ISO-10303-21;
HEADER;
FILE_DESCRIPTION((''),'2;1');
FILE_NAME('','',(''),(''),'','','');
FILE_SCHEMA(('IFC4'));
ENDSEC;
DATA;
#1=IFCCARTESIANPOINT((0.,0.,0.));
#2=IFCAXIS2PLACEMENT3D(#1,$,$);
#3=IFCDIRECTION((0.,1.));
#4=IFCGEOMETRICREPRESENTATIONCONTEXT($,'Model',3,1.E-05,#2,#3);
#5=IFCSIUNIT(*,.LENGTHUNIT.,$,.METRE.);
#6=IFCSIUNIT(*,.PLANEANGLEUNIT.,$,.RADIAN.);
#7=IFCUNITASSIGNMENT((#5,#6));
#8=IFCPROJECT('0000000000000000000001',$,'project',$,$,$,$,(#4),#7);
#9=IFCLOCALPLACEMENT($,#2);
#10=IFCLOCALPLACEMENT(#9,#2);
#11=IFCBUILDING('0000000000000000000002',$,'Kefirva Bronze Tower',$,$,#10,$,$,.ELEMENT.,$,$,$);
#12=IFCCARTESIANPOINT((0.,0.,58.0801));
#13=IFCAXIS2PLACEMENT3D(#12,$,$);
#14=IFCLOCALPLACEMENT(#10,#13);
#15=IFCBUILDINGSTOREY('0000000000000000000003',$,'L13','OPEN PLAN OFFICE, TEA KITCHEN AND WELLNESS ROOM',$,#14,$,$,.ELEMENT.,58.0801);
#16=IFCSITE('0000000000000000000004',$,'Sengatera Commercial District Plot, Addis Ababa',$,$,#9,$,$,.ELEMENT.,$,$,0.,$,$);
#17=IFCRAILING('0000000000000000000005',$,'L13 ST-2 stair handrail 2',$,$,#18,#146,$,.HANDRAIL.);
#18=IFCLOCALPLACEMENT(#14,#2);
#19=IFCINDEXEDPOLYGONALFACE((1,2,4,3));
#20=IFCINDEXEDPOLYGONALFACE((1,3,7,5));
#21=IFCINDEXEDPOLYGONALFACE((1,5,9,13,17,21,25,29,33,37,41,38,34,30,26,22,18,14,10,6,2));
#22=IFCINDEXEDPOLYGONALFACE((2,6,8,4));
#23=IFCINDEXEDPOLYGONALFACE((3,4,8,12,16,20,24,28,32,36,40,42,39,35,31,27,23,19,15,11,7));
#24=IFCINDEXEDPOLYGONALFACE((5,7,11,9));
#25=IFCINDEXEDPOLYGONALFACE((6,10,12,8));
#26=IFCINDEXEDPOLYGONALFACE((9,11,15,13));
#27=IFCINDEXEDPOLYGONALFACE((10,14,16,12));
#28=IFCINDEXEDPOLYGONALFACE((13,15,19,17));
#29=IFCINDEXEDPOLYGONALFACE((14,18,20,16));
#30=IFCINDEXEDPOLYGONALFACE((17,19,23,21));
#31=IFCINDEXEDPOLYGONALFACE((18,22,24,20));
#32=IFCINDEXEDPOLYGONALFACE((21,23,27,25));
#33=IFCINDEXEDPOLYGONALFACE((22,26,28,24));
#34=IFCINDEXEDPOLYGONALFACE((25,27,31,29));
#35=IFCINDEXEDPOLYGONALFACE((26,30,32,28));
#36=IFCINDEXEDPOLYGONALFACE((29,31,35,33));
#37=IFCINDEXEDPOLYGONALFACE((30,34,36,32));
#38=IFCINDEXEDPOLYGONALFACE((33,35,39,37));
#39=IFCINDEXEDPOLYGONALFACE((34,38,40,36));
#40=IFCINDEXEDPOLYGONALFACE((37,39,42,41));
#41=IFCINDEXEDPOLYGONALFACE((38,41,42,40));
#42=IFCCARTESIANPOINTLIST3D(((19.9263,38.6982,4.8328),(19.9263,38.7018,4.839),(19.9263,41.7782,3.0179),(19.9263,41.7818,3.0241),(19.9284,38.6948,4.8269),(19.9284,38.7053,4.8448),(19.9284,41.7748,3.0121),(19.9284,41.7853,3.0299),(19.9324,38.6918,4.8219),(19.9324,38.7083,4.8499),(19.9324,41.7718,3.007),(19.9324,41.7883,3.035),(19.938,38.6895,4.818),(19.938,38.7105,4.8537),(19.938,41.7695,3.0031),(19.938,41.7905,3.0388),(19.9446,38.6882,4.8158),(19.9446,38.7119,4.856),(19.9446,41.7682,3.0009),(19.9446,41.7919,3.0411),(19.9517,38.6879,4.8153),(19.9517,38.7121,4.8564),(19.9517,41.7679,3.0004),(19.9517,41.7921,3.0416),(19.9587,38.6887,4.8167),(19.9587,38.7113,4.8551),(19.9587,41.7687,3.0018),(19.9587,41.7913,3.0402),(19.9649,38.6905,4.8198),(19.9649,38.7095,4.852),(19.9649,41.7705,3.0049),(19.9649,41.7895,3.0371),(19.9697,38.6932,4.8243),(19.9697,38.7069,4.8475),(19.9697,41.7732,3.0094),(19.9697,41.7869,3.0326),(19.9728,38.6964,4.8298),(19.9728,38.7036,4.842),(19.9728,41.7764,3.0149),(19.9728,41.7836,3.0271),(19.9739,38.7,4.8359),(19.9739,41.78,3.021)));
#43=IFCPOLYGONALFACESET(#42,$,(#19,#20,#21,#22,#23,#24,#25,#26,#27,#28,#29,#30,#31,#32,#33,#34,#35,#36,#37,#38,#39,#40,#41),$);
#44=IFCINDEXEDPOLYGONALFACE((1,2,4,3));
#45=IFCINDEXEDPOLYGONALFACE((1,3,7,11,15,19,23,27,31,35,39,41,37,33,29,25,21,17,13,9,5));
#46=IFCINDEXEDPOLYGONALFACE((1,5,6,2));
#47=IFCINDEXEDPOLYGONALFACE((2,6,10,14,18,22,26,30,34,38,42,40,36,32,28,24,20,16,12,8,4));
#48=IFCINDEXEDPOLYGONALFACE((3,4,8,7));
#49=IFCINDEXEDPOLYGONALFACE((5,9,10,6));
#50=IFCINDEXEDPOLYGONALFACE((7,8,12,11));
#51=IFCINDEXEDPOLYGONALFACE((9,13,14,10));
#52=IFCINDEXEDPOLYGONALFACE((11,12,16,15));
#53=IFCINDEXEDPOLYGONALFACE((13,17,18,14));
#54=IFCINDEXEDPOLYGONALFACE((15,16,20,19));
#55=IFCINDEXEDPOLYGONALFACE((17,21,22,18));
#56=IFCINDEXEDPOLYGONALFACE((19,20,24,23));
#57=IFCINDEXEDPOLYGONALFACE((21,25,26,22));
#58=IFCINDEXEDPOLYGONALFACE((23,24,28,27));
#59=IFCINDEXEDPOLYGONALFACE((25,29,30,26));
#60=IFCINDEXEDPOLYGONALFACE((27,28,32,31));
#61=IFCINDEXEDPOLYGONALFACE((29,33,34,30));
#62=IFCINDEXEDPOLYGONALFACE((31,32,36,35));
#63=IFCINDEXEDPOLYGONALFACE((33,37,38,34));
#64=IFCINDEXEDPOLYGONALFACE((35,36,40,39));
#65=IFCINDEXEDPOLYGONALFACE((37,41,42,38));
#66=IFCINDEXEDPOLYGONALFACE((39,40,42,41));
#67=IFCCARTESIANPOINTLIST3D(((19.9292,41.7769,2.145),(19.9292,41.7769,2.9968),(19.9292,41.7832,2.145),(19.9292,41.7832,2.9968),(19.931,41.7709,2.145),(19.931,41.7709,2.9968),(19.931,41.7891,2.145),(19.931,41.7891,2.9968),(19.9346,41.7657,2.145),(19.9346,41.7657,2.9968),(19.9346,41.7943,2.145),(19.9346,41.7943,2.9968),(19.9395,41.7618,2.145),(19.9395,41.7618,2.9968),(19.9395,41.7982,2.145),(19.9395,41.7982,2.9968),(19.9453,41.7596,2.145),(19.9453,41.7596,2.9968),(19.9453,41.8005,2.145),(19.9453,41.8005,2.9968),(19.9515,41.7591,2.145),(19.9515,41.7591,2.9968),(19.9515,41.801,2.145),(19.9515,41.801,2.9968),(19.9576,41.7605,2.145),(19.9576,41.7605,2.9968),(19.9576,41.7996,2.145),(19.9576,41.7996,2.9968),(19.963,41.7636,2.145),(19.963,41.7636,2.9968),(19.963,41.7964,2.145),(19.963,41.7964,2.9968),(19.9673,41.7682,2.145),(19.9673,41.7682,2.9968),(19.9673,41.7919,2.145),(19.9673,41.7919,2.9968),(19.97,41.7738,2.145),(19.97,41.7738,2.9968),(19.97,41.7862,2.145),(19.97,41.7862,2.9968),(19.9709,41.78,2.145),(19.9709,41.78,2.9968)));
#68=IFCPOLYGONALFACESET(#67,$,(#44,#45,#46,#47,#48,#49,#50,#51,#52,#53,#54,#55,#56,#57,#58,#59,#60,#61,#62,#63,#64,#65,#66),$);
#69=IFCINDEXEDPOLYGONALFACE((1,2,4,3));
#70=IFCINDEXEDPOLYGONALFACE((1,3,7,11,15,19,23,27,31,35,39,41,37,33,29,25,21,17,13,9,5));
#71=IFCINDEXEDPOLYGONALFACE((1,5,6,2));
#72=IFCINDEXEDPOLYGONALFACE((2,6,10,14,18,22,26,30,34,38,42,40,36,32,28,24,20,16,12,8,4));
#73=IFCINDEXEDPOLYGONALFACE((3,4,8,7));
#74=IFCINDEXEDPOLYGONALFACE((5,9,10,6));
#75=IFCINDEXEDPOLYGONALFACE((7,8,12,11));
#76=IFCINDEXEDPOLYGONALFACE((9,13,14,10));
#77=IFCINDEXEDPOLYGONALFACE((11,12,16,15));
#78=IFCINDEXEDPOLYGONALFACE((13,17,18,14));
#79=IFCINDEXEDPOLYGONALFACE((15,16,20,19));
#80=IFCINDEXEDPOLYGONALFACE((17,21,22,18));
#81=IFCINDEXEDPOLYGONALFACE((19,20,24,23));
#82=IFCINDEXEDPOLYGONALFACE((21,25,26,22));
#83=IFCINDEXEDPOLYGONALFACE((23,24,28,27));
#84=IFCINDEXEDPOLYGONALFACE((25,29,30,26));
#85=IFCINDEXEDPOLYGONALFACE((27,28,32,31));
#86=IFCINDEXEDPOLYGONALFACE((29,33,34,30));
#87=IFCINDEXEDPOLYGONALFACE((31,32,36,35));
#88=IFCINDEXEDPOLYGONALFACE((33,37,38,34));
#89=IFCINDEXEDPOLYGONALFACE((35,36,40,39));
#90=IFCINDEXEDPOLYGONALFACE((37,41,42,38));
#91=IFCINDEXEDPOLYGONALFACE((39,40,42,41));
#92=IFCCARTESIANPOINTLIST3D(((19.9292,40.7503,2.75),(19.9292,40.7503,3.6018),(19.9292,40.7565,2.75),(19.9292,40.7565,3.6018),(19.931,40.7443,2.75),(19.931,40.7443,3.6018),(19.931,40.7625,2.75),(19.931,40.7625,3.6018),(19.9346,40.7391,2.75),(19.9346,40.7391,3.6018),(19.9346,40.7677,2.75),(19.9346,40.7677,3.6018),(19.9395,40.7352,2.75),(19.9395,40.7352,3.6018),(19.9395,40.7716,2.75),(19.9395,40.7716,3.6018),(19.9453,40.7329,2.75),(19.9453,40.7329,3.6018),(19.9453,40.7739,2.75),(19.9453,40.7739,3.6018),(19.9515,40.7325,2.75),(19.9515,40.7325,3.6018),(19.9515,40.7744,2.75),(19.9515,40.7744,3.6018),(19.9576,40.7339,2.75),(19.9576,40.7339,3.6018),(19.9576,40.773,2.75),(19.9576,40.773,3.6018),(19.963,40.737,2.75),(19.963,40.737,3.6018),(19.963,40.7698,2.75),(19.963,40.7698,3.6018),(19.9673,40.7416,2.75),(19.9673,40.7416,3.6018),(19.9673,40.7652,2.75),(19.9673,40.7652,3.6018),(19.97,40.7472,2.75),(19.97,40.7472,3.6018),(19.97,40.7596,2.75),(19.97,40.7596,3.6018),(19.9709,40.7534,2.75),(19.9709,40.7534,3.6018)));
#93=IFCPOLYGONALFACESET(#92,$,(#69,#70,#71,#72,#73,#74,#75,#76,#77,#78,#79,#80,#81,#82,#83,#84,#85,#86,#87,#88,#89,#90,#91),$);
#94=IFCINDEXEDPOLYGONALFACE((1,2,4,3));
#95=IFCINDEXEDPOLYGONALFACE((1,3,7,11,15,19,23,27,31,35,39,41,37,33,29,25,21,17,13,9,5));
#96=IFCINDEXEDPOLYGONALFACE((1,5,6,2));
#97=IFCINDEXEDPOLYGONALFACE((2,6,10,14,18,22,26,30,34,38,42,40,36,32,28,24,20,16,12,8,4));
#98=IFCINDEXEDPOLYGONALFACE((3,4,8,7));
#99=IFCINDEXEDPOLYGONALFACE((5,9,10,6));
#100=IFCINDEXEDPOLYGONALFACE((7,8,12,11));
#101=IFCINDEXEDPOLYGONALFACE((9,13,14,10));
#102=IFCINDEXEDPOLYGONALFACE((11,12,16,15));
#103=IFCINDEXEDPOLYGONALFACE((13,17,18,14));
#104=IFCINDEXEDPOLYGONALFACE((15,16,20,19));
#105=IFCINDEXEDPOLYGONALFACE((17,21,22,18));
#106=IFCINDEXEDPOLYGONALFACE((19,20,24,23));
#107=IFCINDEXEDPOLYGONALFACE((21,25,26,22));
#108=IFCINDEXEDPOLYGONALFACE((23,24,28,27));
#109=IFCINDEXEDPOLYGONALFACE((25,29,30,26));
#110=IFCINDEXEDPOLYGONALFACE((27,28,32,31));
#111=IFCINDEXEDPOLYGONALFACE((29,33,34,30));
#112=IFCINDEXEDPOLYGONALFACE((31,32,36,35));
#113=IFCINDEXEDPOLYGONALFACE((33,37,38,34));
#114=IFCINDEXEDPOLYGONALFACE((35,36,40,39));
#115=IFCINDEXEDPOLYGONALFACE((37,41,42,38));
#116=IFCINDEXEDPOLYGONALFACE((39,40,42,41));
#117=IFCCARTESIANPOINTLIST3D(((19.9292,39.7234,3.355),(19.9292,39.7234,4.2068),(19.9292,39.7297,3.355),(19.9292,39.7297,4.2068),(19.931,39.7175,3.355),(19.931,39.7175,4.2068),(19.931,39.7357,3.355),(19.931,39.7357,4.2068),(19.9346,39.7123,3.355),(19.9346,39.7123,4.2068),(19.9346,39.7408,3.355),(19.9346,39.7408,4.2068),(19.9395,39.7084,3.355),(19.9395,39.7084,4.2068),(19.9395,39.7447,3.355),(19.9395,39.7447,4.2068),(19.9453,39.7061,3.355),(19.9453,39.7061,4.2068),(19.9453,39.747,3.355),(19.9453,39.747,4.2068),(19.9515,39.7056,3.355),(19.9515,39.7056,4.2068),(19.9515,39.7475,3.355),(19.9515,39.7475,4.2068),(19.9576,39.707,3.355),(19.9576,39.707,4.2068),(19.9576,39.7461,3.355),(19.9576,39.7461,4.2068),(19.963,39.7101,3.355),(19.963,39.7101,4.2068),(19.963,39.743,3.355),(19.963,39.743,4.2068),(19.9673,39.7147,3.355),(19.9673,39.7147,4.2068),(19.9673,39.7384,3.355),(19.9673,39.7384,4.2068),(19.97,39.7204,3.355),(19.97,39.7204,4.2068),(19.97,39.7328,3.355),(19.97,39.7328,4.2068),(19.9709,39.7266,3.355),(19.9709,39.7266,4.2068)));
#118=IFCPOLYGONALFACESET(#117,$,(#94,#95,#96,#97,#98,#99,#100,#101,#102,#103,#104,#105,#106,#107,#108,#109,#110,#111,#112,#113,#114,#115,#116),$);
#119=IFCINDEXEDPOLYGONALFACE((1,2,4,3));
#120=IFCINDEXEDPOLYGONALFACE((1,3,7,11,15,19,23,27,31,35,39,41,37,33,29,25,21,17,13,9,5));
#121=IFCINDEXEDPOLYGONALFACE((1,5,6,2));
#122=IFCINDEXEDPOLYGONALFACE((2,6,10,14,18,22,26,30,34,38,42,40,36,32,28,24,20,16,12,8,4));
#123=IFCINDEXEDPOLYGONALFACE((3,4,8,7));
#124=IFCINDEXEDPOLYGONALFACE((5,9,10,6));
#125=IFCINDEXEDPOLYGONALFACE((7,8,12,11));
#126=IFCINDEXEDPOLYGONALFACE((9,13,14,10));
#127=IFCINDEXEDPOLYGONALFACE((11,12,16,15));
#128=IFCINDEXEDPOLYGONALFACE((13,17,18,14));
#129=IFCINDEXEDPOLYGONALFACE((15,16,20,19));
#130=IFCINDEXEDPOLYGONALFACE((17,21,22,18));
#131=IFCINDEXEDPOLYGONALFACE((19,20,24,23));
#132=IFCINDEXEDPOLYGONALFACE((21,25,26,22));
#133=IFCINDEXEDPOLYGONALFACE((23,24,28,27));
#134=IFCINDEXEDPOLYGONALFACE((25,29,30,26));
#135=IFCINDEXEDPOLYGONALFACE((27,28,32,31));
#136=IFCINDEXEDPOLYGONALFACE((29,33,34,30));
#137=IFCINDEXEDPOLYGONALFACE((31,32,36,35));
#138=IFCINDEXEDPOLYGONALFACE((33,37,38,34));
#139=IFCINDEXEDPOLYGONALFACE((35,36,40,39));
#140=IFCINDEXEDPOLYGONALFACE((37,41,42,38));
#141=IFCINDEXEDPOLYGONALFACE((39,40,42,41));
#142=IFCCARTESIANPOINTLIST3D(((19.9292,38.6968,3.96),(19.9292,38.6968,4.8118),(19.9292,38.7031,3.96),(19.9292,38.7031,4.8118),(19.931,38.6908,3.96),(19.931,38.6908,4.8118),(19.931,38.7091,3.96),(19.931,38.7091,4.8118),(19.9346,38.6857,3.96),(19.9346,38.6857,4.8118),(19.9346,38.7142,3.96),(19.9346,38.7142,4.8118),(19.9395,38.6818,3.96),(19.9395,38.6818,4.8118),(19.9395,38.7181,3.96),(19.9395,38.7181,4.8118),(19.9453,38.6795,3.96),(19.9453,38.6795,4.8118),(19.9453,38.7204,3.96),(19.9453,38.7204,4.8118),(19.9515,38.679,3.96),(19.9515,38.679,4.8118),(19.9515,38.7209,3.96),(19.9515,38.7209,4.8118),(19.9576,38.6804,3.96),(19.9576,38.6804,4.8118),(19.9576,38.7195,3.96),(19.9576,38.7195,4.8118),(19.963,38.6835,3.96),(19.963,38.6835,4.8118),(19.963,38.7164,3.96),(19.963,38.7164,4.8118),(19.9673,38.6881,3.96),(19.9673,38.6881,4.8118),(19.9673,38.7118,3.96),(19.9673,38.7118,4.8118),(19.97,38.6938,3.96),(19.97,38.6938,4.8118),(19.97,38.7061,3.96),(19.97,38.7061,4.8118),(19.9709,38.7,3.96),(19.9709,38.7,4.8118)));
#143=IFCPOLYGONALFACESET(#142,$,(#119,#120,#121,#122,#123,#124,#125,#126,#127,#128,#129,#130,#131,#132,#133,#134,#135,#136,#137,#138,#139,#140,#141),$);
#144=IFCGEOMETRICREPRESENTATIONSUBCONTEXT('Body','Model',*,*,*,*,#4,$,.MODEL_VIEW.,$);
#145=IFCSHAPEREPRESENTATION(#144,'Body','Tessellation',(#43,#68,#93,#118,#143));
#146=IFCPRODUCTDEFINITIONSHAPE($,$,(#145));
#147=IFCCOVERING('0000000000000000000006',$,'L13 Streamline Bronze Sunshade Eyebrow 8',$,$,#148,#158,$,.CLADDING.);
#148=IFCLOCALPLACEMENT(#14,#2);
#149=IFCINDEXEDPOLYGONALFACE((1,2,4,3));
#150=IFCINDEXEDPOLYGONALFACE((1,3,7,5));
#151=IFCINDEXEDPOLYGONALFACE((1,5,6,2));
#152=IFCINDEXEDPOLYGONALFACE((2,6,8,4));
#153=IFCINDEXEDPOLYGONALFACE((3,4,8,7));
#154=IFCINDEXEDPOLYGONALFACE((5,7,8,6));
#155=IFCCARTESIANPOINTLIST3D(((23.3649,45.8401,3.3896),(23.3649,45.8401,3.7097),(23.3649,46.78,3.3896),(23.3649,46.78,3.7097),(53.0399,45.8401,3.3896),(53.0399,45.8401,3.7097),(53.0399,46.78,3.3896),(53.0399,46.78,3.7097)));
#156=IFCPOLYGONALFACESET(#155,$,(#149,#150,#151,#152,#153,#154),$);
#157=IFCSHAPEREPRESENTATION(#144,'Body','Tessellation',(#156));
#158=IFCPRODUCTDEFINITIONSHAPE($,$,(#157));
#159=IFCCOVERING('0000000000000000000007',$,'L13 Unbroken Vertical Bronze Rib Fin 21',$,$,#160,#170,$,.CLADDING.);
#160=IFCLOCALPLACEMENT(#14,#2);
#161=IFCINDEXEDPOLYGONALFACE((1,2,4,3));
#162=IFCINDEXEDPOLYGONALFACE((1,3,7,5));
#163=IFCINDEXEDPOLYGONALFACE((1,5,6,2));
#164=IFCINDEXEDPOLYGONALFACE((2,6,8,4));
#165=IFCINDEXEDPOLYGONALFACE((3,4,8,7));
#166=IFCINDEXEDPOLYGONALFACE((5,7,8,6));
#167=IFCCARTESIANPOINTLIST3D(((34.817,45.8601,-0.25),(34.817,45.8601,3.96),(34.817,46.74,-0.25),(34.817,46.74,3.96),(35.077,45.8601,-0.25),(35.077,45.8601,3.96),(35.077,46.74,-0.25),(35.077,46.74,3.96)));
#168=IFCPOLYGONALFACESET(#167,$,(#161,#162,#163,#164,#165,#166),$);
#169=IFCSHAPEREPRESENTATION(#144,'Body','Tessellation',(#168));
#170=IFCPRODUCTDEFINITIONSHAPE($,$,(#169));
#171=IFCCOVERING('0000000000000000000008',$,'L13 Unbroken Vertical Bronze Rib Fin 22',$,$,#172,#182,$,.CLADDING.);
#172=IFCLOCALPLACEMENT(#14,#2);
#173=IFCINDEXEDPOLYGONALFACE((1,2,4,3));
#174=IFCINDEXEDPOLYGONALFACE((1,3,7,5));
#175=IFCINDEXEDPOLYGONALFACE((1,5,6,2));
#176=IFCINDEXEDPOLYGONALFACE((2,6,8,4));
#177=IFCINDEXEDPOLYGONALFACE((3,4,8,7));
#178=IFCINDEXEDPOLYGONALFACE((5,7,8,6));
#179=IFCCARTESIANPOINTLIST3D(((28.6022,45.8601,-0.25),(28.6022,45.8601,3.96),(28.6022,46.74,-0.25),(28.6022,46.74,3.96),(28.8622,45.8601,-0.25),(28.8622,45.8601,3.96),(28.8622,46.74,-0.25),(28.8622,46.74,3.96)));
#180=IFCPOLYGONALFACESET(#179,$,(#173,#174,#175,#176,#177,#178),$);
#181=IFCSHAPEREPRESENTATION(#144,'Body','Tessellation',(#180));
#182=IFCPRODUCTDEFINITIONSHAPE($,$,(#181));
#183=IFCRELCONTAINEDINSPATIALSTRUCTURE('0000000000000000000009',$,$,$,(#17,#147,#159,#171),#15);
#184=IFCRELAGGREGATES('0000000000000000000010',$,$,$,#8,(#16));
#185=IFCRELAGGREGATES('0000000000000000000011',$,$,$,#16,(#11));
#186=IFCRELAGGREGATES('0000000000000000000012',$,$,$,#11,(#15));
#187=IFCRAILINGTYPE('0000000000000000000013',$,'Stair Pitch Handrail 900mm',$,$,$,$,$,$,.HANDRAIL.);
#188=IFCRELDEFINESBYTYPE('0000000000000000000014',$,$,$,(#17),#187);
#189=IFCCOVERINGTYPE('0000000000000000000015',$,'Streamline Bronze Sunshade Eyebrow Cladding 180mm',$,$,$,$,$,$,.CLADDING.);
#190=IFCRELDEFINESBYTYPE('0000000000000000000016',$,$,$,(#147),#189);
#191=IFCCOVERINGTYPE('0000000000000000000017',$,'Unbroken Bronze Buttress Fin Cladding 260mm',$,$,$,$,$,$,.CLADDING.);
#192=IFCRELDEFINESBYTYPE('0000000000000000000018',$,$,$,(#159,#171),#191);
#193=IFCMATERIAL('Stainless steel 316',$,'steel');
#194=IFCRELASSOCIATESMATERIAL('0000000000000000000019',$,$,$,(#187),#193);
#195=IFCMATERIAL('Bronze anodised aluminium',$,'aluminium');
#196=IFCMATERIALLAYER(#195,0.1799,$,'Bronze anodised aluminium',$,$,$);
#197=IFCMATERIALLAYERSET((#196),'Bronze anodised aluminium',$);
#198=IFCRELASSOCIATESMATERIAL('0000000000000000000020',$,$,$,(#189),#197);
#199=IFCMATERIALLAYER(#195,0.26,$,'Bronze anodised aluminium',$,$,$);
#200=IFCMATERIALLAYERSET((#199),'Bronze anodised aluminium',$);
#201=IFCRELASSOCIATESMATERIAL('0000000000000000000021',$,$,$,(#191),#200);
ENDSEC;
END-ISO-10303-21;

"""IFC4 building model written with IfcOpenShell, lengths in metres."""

from ifc_helpers import new_model, si_unit, direction, frame, origin, origin_2d, place, context, subcontext, project, spatial, rectangle, circle, extrude, material, layer, layer_set, type_object, element, save


model = new_model("IFC4")

# Units and contexts
model_context = context("Model", 3, precision=1e-05, world=origin(), true_north=direction((0.0, 1.0)))
body_context = subcontext(model_context, "Body", "Model", "MODEL_VIEW")
ifc_project = project(units=[si_unit("LENGTHUNIT", "METRE"), si_unit("PLANEANGLEUNIT", "RADIAN")], contexts=[model_context])

# Site, building, storey
site_placement = place(None, origin())
site = spatial("IfcSite", under=ifc_project, at=site_placement, Name="Sengatera Commercial District Plot, Addis Ababa", CompositionType="ELEMENT", RefElevation=0.0)
building_placement = place(site_placement, origin())
building = spatial("IfcBuilding", under=site, at=building_placement, Name="Kefirva Bronze Tower", CompositionType="ELEMENT")
storey_placement = place(building_placement, frame((0.0, 0.0, 58.0801)))
storey = spatial("IfcBuildingStorey", under=building, at=storey_placement, Name="L13", Description="OPEN PLAN OFFICE, TEA KITCHEN AND WELLNESS ROOM", CompositionType="ELEMENT", Elevation=58.0801)

# Shared definitions
ifc_material_1 = material(Name="Bronze anodised aluminium", Category="aluminium")

# Railing
ifc_material_2 = material(Name="Stainless steel 316", Category="steel")
railing_type_1 = type_object("IfcRailingType", Name="Stair Pitch Handrail 900mm", PredefinedType="HANDRAIL", material=ifc_material_2)
railing_1_placement = place(storey_placement, frame((19.95, 41.78, 2.145)))
element("IfcRailing", 1, at=railing_1_placement, inside=storey, type_object=railing_type_1, Name="L13 ST-2 stair handrail 2", PredefinedType="HANDRAIL", context=body_context, shape_type="SweptSolid", body=[
    extrude(circle(Radius=0.0239, at=origin_2d()), frame((0.0, 0.0, 0.876), z_axis=(0.0, -0.861551, 0.507671), x_axis=(1.0, 0.0, 0.0)), (0.0, 0.0, 1.0), 3.575),
    extrude(circle(Radius=0.021, at=origin_2d()), origin(), (0.0, 0.0, 1.0), 0.8518),
    extrude(circle(Radius=0.021, at=origin_2d()), frame((0.0, -1.0266, 0.605)), (0.0, 0.0, 1.0), 0.8518),
    extrude(circle(Radius=0.021, at=origin_2d()), frame((0.0, -2.0535, 1.21)), (0.0, 0.0, 1.0), 0.8518),
    extrude(circle(Radius=0.021, at=origin_2d()), frame((0.0, -3.0801, 1.8149)), (0.0, 0.0, 1.0), 0.8518),
])

# Coverings
ifc_layer_1 = layer(ifc_material_1, 0.1799, Name="Bronze anodised aluminium")
ifc_layer_set_1 = layer_set([ifc_layer_1], Name="Bronze anodised aluminium")
covering_type_1 = type_object("IfcCoveringType", Name="Streamline Bronze Sunshade Eyebrow Cladding 180mm", PredefinedType="CLADDING", material=ifc_layer_set_1)
covering_1_placement = place(storey_placement, frame((38.2024, 46.3101, 3.3896), z_axis=(0.0, 0.0, 1.0), x_axis=(-1.0, 0.0, 0.0)))
element("IfcCovering", 2, at=covering_1_placement, inside=storey, type_object=covering_type_1, Name="L13 Streamline Bronze Sunshade Eyebrow 8", PredefinedType="CLADDING", context=body_context, shape_type="SweptSolid", body=[
    extrude(rectangle(XDim=29.675, YDim=0.9399, at=origin_2d()), origin(), (0.0, 0.0, 1.0), 0.3201),
])
ifc_layer_2 = layer(ifc_material_1, 0.26, Name="Bronze anodised aluminium")
ifc_layer_set_2 = layer_set([ifc_layer_2], Name="Bronze anodised aluminium")
covering_type_2 = type_object("IfcCoveringType", Name="Unbroken Bronze Buttress Fin Cladding 260mm", PredefinedType="CLADDING", material=ifc_layer_set_2)
for number, where, z_axis, x_axis, name in (
    (3, (34.947, 46.3, -0.25), (0.0, 0.0, 1.0), (-1.0, 0.0, 0.0), "L13 Unbroken Vertical Bronze Rib Fin 21"),
    (4, (28.7322, 46.3, -0.25), (0.0, 0.0, 1.0), (-1.0, 0.0, 0.0), "L13 Unbroken Vertical Bronze Rib Fin 22"),
):
    element("IfcCovering", number, at=place(storey_placement, frame(where, z_axis=z_axis, x_axis=x_axis)), inside=storey, type_object=covering_type_2, Name=name, PredefinedType="CLADDING", context=body_context, shape_type="SweptSolid", body=[
        extrude(rectangle(XDim=0.26, YDim=0.8799, at=origin_2d()), origin(), (0.0, 0.0, 1.0), 4.21),
    ])

save(model, "model.ifc")
